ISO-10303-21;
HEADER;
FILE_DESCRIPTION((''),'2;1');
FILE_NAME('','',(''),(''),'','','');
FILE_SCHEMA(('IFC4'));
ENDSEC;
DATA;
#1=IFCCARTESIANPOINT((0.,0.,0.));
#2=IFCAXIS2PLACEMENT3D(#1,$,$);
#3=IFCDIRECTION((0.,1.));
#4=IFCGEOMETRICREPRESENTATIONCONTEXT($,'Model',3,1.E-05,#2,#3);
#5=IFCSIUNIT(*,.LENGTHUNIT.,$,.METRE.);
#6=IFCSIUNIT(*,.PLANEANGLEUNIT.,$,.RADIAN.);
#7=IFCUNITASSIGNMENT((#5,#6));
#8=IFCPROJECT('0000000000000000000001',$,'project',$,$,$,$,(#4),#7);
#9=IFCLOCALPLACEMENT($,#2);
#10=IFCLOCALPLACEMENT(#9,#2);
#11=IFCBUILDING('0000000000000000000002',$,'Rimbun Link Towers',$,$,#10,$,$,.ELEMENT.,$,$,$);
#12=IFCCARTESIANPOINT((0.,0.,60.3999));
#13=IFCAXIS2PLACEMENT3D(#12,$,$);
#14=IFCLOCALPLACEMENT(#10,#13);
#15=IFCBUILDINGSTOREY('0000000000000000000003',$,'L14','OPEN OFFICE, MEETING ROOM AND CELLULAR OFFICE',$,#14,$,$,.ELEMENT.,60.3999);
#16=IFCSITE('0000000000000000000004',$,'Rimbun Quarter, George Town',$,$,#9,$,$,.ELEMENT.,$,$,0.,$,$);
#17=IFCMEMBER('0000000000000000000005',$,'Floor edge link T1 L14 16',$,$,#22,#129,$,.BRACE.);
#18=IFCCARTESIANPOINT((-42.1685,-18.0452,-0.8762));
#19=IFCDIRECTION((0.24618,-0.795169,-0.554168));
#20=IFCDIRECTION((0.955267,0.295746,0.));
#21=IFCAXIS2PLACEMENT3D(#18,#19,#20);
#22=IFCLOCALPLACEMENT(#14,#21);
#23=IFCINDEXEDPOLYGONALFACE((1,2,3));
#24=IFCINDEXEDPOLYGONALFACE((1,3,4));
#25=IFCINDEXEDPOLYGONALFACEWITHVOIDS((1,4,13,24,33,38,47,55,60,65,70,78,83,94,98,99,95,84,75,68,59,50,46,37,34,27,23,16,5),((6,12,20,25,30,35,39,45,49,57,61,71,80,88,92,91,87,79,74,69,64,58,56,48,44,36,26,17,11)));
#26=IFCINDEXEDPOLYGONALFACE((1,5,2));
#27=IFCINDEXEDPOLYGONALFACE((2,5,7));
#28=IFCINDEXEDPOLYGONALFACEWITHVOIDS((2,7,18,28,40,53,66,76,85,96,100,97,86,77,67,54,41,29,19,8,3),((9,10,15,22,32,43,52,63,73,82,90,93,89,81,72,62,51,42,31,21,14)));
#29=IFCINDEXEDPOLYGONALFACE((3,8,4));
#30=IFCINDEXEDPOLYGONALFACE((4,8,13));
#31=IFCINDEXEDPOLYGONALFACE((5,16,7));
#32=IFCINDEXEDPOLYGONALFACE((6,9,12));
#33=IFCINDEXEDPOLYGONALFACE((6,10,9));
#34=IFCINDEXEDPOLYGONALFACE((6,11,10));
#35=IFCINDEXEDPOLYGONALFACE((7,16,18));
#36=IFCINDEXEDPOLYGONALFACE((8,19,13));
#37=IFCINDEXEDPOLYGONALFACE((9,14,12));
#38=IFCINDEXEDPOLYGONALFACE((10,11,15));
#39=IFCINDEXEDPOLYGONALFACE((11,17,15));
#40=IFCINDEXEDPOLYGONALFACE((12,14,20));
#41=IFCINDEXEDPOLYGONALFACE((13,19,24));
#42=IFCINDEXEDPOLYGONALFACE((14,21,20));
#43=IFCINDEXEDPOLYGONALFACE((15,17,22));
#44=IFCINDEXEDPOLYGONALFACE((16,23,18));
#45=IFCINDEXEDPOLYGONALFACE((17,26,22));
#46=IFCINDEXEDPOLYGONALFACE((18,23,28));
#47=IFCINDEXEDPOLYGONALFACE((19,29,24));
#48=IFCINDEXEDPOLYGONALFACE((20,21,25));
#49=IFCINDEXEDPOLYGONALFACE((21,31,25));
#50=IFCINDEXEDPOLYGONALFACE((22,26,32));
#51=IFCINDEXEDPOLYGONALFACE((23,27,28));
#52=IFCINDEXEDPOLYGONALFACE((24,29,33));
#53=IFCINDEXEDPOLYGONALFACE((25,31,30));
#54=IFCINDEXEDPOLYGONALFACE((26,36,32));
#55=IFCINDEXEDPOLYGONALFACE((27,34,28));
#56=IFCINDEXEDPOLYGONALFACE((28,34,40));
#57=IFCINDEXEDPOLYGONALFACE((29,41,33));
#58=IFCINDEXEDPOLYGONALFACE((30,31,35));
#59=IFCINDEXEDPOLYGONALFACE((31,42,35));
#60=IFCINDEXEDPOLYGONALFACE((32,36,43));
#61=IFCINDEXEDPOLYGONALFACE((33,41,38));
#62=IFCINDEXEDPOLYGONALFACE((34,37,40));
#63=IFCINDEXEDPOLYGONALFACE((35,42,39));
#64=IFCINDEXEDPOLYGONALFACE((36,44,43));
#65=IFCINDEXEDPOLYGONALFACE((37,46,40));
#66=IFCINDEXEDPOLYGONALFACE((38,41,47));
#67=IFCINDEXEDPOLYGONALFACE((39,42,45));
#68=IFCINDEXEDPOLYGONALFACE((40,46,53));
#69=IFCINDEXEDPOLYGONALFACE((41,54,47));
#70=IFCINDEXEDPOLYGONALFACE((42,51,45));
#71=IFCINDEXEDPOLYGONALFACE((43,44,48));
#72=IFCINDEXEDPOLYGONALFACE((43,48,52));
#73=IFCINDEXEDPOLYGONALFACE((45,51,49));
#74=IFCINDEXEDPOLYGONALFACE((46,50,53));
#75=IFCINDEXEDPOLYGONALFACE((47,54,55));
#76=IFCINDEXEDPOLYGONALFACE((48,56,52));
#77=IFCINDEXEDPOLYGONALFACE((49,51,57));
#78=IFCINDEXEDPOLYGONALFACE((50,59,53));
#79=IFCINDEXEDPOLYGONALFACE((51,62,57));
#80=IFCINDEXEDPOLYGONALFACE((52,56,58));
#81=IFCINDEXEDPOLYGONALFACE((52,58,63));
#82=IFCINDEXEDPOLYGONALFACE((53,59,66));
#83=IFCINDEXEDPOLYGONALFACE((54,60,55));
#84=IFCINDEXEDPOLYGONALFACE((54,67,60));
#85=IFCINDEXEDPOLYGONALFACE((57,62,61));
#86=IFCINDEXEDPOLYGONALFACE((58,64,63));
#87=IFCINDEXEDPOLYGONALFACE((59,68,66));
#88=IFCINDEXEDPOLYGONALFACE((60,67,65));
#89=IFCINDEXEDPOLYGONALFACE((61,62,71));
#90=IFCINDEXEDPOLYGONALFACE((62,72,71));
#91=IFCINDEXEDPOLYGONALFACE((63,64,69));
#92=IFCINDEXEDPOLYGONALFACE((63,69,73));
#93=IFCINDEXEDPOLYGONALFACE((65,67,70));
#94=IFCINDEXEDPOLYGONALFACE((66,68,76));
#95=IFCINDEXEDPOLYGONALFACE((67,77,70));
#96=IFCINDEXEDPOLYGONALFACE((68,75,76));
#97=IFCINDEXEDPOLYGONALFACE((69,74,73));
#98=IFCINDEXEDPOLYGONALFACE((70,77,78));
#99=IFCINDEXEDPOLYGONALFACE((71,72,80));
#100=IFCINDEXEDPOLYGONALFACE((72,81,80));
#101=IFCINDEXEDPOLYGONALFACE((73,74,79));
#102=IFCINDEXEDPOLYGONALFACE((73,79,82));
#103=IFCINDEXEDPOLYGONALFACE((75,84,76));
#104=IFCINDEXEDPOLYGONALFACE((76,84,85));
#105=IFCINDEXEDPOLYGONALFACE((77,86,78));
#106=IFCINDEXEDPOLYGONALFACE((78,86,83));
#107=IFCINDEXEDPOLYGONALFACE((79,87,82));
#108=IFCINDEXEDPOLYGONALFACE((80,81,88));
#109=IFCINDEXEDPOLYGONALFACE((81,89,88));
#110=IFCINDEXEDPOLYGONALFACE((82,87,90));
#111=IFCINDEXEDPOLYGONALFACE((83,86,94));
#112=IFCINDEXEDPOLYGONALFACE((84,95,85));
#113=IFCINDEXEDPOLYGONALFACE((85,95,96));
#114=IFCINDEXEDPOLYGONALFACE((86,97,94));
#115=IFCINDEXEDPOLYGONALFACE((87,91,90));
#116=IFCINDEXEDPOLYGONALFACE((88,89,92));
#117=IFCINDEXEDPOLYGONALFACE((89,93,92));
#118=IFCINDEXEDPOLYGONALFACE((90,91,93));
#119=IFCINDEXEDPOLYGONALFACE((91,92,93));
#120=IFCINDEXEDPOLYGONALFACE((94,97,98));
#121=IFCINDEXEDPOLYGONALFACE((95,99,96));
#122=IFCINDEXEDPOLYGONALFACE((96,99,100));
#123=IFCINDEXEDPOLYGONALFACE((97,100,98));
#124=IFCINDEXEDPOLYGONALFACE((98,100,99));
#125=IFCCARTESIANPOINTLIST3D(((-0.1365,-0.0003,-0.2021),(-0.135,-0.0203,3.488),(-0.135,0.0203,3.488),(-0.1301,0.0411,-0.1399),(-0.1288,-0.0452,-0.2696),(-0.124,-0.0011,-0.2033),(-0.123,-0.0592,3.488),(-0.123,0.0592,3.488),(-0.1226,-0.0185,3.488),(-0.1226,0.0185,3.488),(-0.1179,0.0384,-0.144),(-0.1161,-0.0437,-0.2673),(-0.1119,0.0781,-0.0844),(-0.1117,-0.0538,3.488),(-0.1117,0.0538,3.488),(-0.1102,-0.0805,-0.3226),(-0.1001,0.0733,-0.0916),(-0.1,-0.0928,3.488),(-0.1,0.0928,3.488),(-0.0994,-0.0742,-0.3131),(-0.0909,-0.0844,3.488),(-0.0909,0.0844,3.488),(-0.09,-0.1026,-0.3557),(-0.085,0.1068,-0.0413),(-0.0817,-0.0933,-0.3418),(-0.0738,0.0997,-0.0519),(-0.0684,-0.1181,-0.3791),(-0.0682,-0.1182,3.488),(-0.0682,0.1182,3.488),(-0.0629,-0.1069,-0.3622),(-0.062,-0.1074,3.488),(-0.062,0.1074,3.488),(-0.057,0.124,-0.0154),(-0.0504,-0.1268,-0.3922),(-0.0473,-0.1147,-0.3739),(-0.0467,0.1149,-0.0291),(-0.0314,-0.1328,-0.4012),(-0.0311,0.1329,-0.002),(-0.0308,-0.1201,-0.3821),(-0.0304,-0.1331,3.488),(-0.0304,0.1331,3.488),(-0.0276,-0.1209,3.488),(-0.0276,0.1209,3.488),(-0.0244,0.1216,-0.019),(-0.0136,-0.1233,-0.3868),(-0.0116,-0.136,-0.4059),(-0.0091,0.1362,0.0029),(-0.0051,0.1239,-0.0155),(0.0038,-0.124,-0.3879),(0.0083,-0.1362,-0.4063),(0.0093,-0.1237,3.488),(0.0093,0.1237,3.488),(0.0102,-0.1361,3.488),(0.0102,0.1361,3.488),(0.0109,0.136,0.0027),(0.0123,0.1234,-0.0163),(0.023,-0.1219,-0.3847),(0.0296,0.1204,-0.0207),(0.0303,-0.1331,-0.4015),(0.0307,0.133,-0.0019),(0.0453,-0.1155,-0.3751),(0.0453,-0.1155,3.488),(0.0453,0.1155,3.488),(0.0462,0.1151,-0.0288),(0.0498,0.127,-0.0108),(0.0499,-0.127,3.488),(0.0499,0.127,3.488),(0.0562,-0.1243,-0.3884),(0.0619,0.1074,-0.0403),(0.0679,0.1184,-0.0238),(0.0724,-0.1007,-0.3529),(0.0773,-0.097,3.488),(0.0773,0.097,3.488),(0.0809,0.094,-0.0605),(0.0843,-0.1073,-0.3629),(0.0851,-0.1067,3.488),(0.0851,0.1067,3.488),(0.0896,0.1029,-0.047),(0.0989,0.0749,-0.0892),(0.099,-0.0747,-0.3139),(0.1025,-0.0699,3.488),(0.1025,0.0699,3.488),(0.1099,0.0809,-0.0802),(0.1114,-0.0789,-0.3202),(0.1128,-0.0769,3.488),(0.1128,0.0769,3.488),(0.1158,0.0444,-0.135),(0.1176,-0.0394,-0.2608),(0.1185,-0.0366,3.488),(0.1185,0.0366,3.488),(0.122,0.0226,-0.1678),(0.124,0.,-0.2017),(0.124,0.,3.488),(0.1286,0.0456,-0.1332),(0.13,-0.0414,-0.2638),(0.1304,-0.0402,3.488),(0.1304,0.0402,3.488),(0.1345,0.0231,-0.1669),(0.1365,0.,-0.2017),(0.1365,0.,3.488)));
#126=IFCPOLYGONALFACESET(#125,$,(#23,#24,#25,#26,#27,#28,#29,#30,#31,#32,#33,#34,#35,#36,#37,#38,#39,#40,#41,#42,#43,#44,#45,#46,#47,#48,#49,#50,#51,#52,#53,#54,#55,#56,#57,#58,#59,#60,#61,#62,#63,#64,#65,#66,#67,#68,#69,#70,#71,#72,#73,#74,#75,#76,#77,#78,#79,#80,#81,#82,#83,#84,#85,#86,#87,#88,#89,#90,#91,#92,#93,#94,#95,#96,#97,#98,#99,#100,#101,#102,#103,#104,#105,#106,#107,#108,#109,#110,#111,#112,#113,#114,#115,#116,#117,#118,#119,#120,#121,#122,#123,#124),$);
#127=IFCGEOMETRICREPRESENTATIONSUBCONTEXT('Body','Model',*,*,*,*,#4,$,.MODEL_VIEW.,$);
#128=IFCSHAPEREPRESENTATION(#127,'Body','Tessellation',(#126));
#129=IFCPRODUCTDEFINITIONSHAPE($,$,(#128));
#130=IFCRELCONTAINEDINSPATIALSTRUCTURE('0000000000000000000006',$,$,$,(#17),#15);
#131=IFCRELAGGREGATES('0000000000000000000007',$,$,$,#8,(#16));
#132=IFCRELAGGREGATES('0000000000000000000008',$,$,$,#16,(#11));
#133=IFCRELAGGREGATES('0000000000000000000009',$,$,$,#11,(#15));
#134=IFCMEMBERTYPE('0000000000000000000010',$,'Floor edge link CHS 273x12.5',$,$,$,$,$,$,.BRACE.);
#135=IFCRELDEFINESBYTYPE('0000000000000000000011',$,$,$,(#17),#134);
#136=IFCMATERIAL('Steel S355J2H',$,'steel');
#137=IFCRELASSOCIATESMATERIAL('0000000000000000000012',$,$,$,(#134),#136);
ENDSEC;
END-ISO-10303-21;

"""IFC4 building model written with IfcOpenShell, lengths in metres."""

from ifc_helpers import new_model, si_unit, direction, frame, origin, origin_2d, place, context, subcontext, project, spatial, hollow_circle, extrude, clip, halfspace, material, material_profile, profile_set, type_object, element, save


model = new_model("IFC4")

# Units and contexts
model_context = context("Model", 3, precision=1e-05, world=origin(), true_north=direction((0.0, 1.0)))
body_context = subcontext(model_context, "Body", "Model", "MODEL_VIEW")
ifc_project = project(units=[si_unit("LENGTHUNIT", "METRE"), si_unit("PLANEANGLEUNIT", "RADIAN")], contexts=[model_context])

# Site, building, storey
site_placement = place(None, origin())
site = spatial("IfcSite", under=ifc_project, at=site_placement, Name="Rimbun Quarter, George Town", CompositionType="ELEMENT", RefElevation=0.0)
building_placement = place(site_placement, origin())
building = spatial("IfcBuilding", under=site, at=building_placement, Name="Rimbun Link Towers", CompositionType="ELEMENT")
storey_placement = place(building_placement, frame((0.0, 0.0, 60.3999)))
storey = spatial("IfcBuildingStorey", under=building, at=storey_placement, Name="L14", Description="OPEN OFFICE, MEETING ROOM AND CELLULAR OFFICE", CompositionType="ELEMENT", Elevation=60.3999)

# Member
ifc_material_1 = material(Name="Steel S355J2H", Category="steel")
ifc_material_profile_1 = material_profile(ifc_material_1, hollow_circle(Radius=0.1365, WallThickness=0.0125, at=origin_2d()), Name="CHS 273x12.5")
ifc_profile_set_1 = profile_set([ifc_material_profile_1], Name="Steel S355J2H")
member_type_1 = type_object("IfcMemberType", Name="Floor edge link CHS 273x12.5", PredefinedType="BRACE", material=ifc_profile_set_1)
member_1_placement = place(storey_placement, frame((-42.1685, -18.0452, -0.8762), z_axis=(0.24618, -0.795169, -0.554168), x_axis=(0.955267, 0.295746, 0.0)))
element("IfcMember", 1, at=member_1_placement, inside=storey, type_object=member_type_1, Name="Floor edge link T1 L14 16", PredefinedType="BRACE", context=body_context, shape_type="Clipping", body=[
    clip(extrude(hollow_circle(Radius=0.1365, WallThickness=0.0125, at=origin_2d()), frame((0.0, 0.0, -0.428)), (0.0, 0.0, 1.0), 3.916), halfspace(frame((0.0, 0.0, -0.2017), z_axis=(0.0, 0.832405, -0.554168)), False)),
])

save(model, "model.ifc")
